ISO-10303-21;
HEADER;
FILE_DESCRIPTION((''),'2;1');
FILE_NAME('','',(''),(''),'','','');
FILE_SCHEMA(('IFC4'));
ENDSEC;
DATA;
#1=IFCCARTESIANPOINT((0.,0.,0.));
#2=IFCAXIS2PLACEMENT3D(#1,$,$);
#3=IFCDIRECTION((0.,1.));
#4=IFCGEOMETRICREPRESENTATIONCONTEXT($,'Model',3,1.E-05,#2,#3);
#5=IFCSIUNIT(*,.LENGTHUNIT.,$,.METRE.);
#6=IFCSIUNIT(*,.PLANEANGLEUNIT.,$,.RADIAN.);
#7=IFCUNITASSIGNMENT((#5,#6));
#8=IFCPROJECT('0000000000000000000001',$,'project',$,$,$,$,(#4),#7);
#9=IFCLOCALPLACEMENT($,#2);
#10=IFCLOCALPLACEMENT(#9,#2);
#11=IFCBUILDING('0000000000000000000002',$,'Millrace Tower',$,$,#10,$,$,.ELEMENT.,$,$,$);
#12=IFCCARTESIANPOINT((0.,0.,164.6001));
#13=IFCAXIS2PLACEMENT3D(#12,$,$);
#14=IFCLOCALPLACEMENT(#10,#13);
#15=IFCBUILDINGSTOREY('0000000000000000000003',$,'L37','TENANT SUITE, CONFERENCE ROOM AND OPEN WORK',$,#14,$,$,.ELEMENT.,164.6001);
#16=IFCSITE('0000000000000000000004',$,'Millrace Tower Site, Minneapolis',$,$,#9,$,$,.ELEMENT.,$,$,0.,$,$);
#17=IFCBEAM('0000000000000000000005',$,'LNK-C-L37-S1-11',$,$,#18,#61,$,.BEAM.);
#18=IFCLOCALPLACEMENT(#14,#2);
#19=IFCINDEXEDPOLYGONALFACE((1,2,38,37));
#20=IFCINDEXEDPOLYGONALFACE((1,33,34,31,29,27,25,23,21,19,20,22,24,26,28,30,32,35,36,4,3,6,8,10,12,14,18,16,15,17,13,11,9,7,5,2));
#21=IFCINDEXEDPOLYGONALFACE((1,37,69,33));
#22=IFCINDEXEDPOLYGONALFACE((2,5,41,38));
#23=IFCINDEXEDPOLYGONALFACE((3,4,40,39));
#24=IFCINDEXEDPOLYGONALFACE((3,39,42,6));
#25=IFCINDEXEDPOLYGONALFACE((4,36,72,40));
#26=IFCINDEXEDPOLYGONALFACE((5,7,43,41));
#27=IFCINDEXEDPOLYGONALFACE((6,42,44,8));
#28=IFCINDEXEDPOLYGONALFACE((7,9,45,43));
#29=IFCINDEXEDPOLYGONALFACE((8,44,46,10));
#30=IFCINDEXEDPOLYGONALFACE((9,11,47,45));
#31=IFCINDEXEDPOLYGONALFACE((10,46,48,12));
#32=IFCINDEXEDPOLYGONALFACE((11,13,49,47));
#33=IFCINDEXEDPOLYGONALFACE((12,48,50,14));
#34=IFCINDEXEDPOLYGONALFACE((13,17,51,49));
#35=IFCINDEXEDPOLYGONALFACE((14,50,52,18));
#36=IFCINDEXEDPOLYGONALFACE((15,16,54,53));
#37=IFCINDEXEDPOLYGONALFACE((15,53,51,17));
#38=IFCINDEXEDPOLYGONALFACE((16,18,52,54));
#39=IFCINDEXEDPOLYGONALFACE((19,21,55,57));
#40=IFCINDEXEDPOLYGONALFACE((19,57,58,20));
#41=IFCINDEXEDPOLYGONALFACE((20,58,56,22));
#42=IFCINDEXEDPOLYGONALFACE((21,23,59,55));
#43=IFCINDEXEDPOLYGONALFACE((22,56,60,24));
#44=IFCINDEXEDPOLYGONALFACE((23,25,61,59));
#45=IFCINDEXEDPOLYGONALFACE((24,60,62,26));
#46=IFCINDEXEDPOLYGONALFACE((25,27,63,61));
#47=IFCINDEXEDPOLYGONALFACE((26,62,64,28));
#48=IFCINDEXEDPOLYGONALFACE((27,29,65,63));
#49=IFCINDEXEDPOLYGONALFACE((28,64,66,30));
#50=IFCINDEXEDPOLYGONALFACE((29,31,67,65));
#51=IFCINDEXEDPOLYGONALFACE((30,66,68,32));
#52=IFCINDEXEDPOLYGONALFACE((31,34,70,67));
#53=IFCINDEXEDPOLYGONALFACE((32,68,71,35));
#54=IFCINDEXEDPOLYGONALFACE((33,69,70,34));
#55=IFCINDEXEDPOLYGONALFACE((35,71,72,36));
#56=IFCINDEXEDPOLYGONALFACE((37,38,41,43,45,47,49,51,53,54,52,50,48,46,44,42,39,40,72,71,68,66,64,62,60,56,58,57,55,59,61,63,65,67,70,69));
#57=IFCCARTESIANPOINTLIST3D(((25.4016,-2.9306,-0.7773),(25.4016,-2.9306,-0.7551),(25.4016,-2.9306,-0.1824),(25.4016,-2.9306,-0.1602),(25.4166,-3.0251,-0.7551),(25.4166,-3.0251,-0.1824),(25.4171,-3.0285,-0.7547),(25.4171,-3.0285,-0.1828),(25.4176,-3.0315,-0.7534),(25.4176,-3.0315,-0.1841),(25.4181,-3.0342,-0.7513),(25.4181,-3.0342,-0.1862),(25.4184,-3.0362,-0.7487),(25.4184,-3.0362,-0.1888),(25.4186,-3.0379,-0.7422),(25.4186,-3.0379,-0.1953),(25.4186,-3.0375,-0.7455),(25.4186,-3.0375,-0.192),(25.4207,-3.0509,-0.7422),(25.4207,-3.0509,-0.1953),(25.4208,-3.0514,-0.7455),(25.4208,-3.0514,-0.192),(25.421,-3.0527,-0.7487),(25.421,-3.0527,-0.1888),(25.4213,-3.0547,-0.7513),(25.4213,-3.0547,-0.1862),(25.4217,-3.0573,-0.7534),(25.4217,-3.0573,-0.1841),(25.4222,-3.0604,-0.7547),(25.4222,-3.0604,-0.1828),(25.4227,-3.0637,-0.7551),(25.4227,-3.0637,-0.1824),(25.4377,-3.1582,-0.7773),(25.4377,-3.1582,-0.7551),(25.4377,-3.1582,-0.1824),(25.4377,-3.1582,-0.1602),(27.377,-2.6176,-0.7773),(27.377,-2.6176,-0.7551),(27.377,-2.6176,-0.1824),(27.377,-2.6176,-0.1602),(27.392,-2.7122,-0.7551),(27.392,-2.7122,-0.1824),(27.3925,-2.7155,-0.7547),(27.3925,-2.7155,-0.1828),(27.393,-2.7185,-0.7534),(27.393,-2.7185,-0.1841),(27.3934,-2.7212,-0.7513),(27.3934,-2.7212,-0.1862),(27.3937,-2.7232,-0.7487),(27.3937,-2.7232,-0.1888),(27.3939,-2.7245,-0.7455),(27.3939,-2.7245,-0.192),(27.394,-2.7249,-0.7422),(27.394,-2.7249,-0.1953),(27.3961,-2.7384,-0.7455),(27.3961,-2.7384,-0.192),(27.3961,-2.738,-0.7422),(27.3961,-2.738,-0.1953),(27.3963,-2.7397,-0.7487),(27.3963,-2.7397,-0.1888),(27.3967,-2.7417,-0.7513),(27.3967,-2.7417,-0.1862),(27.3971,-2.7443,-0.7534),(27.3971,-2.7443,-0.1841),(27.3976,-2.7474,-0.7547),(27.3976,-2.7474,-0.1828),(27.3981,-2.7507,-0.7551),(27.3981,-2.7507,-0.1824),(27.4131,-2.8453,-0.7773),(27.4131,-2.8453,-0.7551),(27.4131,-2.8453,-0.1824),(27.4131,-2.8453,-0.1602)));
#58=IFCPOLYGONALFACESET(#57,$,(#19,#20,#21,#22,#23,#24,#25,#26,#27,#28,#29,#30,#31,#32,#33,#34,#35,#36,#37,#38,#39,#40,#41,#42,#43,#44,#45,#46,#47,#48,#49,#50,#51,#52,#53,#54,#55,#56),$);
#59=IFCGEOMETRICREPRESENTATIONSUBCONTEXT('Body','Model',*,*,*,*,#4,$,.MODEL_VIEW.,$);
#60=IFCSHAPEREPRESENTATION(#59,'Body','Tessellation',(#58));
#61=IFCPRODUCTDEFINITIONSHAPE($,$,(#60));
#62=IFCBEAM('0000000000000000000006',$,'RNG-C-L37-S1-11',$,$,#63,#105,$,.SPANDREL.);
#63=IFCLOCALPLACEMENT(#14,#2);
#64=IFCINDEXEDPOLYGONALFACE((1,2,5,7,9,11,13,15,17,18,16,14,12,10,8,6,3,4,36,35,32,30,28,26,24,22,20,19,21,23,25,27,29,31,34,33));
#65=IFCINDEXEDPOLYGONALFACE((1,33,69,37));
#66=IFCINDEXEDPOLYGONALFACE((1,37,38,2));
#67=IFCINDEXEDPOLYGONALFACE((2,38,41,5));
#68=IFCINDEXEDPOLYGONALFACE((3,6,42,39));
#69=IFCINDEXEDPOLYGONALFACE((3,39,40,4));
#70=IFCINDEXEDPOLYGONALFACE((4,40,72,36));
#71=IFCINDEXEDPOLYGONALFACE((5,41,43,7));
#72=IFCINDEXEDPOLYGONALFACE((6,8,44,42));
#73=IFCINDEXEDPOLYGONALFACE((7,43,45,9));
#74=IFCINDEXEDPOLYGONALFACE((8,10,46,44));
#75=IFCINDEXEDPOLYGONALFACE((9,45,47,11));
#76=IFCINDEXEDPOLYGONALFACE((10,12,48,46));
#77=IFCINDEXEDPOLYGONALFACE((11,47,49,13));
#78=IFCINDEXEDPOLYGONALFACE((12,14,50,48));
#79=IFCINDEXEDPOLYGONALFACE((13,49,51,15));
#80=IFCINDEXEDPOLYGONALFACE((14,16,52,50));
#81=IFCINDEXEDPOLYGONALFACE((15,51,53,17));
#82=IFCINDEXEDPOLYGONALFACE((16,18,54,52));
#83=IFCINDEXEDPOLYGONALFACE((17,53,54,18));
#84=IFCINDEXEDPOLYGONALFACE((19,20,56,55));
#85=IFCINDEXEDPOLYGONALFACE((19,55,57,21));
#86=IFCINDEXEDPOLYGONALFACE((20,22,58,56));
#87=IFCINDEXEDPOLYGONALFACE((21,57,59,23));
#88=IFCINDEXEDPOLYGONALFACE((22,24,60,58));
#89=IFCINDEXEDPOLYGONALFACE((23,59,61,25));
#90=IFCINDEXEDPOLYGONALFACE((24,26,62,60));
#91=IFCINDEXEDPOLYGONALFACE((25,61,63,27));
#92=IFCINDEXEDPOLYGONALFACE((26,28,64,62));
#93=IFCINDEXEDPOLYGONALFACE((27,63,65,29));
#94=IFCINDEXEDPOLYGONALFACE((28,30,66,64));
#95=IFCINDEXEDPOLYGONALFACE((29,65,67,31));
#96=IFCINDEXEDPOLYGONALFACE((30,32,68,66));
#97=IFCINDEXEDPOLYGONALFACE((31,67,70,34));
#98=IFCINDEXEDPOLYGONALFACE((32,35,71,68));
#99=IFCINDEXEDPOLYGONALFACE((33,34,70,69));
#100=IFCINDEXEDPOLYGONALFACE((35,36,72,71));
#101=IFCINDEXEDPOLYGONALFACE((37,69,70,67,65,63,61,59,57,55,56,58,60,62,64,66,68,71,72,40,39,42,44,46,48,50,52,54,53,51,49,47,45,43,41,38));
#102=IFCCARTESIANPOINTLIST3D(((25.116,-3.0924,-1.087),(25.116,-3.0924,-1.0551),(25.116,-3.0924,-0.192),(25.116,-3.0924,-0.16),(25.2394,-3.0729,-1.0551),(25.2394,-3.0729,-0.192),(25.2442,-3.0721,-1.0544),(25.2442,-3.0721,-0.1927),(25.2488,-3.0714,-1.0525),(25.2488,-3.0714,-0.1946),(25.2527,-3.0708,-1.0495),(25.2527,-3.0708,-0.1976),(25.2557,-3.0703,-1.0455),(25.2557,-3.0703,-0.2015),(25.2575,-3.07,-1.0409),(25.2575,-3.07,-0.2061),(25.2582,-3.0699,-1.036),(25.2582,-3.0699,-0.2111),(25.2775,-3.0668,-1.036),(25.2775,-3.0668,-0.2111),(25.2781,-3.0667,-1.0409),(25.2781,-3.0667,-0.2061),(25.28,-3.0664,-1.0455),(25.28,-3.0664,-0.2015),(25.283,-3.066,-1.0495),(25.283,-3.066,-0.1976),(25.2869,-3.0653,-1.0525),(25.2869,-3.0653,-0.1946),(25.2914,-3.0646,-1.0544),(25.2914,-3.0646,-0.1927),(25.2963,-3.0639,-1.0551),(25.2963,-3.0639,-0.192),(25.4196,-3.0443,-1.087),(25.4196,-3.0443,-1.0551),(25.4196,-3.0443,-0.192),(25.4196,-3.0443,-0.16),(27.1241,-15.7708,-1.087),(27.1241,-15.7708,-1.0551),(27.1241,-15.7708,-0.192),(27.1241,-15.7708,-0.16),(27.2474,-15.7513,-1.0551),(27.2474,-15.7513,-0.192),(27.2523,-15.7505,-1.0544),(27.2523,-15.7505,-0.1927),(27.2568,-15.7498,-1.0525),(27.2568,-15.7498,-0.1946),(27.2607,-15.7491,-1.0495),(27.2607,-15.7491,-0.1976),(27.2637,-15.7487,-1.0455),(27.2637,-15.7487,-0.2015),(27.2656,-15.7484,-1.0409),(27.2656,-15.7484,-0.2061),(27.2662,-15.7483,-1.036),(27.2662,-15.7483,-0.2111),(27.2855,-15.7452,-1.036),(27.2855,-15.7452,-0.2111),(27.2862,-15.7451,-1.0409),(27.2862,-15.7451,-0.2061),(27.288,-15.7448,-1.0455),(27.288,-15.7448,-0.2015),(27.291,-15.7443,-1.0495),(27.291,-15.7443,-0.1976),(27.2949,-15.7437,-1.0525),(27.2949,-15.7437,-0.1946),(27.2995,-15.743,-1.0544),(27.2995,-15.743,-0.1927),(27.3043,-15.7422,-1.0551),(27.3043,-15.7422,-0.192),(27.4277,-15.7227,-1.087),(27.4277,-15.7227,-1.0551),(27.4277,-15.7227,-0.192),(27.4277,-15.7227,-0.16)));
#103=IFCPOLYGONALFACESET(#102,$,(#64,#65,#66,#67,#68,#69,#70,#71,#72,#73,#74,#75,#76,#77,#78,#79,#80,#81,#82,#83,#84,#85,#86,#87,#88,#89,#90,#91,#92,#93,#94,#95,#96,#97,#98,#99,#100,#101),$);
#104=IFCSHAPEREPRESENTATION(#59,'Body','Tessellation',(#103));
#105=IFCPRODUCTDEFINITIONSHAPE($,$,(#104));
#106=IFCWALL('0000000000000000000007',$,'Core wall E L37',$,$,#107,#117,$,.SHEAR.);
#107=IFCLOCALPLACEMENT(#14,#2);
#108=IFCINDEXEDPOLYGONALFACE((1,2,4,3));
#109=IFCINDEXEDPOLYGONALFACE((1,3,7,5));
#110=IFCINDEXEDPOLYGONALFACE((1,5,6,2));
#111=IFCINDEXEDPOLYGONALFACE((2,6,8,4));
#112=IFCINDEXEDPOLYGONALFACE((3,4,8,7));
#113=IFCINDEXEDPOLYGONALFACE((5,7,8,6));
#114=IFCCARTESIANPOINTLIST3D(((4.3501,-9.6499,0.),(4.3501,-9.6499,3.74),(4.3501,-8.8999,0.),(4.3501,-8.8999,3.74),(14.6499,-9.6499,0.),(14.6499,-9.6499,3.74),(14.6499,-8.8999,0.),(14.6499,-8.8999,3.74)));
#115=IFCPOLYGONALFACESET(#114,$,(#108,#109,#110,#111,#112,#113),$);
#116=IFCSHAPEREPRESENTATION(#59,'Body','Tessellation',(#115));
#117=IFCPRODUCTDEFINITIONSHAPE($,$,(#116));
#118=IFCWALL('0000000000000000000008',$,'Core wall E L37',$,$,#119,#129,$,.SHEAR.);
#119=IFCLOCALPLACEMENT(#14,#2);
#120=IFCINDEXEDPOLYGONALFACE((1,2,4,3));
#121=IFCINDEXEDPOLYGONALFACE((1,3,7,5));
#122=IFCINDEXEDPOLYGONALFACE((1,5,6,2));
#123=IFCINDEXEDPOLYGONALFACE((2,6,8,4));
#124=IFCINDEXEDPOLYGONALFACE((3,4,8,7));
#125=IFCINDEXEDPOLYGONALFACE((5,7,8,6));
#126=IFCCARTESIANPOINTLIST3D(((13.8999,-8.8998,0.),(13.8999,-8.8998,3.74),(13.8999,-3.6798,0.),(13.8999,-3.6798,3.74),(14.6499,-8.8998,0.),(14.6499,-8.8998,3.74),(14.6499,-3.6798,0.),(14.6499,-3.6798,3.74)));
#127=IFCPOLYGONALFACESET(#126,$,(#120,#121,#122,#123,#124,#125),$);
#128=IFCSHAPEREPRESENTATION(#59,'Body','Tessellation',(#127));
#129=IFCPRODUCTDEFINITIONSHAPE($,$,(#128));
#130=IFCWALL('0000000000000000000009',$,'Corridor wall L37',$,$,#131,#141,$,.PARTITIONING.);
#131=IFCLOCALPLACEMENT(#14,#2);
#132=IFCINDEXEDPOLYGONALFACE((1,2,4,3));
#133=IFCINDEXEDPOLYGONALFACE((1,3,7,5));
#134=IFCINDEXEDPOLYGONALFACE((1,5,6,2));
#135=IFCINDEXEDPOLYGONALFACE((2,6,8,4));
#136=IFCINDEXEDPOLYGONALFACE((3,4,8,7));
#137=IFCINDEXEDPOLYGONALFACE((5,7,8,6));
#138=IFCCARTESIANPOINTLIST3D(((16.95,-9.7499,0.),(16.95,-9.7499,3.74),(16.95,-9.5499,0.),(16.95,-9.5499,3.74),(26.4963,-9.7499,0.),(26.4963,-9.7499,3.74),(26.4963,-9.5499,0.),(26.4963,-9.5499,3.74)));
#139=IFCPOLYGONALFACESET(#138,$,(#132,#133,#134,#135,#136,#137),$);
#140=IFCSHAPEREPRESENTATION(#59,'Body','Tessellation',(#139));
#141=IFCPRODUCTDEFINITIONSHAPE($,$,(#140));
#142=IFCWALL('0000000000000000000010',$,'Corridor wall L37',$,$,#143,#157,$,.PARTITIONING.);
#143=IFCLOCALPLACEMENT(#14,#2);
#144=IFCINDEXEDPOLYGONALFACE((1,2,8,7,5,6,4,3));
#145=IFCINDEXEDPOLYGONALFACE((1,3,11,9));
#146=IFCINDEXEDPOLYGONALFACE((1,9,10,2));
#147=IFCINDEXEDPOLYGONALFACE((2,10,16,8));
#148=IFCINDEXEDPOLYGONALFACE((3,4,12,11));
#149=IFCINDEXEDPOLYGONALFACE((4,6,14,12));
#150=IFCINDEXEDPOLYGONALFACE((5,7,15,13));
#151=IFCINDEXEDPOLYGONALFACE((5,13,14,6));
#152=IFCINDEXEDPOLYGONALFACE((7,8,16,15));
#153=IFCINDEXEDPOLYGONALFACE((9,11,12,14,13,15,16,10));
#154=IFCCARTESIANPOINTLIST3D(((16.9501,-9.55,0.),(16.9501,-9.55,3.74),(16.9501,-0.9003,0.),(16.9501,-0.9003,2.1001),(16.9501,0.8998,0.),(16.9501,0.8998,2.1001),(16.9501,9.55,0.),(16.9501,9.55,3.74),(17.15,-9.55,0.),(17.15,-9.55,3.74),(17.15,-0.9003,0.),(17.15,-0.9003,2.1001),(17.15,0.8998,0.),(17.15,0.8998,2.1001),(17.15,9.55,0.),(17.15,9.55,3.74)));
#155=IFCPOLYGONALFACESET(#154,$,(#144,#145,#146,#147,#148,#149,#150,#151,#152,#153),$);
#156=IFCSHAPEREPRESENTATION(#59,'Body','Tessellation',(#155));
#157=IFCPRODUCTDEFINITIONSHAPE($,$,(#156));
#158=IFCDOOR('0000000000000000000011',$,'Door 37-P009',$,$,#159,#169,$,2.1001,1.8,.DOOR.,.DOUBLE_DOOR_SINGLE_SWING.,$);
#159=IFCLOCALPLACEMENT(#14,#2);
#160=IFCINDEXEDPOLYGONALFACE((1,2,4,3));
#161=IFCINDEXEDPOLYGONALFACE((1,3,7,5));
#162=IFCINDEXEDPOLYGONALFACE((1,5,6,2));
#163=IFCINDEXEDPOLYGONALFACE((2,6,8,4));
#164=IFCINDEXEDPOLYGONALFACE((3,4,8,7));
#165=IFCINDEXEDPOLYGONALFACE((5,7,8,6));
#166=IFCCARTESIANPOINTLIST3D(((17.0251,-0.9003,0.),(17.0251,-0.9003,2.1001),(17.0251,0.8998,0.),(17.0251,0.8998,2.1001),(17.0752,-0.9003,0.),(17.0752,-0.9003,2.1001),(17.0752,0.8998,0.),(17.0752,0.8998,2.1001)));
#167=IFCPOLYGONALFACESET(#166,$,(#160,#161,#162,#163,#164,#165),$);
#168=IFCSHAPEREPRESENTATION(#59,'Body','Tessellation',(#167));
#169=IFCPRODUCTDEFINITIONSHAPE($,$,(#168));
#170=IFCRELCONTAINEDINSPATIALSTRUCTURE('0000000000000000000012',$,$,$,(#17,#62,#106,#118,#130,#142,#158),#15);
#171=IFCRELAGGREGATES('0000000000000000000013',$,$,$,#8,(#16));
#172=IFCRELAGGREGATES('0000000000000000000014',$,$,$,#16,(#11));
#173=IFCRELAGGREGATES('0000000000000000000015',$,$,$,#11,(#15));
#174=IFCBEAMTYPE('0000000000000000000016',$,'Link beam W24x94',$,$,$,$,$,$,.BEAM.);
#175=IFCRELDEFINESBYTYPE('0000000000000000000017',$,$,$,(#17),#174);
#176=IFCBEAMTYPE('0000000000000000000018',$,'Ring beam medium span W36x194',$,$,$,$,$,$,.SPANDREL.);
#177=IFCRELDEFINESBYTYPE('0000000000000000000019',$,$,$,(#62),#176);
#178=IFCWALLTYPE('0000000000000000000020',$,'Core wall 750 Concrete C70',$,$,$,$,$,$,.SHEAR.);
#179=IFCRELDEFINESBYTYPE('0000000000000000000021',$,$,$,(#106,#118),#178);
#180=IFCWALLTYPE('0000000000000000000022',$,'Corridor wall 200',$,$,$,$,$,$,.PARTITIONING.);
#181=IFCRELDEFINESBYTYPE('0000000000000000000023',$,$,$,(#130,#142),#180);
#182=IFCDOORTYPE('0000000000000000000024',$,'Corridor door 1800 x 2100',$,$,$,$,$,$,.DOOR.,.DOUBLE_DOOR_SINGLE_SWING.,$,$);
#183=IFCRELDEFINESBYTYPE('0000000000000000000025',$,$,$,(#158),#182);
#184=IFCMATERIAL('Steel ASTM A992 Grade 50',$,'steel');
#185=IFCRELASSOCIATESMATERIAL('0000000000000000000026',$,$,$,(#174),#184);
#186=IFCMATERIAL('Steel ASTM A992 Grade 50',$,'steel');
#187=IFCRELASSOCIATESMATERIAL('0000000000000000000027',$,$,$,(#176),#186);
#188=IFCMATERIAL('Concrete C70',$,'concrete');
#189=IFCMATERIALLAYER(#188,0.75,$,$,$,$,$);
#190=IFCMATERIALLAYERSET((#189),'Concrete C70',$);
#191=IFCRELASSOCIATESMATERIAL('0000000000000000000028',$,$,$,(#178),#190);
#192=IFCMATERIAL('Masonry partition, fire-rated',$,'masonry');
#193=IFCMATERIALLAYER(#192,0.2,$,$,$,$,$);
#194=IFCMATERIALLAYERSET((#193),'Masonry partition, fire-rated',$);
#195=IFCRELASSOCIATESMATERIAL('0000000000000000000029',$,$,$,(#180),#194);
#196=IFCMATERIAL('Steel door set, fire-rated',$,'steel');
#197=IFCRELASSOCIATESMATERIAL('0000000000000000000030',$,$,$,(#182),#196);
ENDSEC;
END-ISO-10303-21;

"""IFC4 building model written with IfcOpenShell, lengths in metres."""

from ifc_helpers import new_model, si_unit, direction, frame, frame_2d, origin, origin_2d, place, context, subcontext, project, spatial, rectangle, i_section, extrude, material, layer, layer_set, material_profile, profile_set, type_object, element, fill, save


model = new_model("IFC4")

# Units and contexts
model_context = context("Model", 3, precision=1e-05, world=origin(), true_north=direction((0.0, 1.0)))
body_context = subcontext(model_context, "Body", "Model", "MODEL_VIEW")
ifc_project = project(units=[si_unit("LENGTHUNIT", "METRE"), si_unit("PLANEANGLEUNIT", "RADIAN")], contexts=[model_context])

# Site, building, storey
site_placement = place(None, origin())
site = spatial("IfcSite", under=ifc_project, at=site_placement, Name="Millrace Tower Site, Minneapolis", CompositionType="ELEMENT", RefElevation=0.0)
building_placement = place(site_placement, origin())
building = spatial("IfcBuilding", under=site, at=building_placement, Name="Millrace Tower", CompositionType="ELEMENT")
storey_placement = place(building_placement, frame((0.0, 0.0, 164.6001)))
storey = spatial("IfcBuildingStorey", under=building, at=storey_placement, Name="L37", Description="TENANT SUITE, CONFERENCE ROOM AND OPEN WORK", CompositionType="ELEMENT", Elevation=164.6001)

# Beams
ifc_material_1 = material(Name="Steel ASTM A992 Grade 50", Category="steel")
ifc_material_profile_1 = material_profile(ifc_material_1, i_section(OverallWidth=0.2305, OverallDepth=0.6172, WebThickness=0.0132, FlangeThickness=0.0222, FilletRadius=0.0129, at=origin_2d()))
ifc_profile_set_1 = profile_set([ifc_material_profile_1], Name="Steel ASTM A992 Grade 50")
beam_type_1 = type_object("IfcBeamType", Name="Link beam W24x94", PredefinedType="BEAM", material=ifc_profile_set_1)
beam_1_placement = place(storey_placement, frame((25.4197, -3.0444, -0.4688), z_axis=(0.987679, 0.156495, 0.0), x_axis=(-0.156495, 0.987679, 0.0)))
element("IfcBeam", 1, at=beam_1_placement, inside=storey, type_object=beam_type_1, Name="LNK-C-L37-S1-11", PredefinedType="BEAM", context=body_context, shape_type="SweptSolid", body=[
    extrude(i_section(OverallWidth=0.2305, OverallDepth=0.6172, WebThickness=0.0132, FlangeThickness=0.0222, FilletRadius=0.0129, at=origin_2d()), origin(), (0.0, 0.0, 1.0), 2.0),
])
ifc_material_2 = material(Name="Steel ASTM A992 Grade 50", Category="steel")
ifc_material_profile_2 = material_profile(ifc_material_2, i_section(OverallWidth=0.3074, OverallDepth=0.927, WebThickness=0.0195, FlangeThickness=0.032, FilletRadius=0.019, at=origin_2d()))
ifc_profile_set_2 = profile_set([ifc_material_profile_2], Name="Steel ASTM A992 Grade 50")
beam_type_2 = type_object("IfcBeamType", Name="Ring beam medium span W36x194", PredefinedType="SPANDREL", material=ifc_profile_set_2)
beam_2_placement = place(storey_placement, frame((25.2678, -3.0684, -0.6235), z_axis=(0.156433, -0.987689, 0.0), x_axis=(0.987689, 0.156433, 0.0)))
element("IfcBeam", 2, at=beam_2_placement, inside=storey, type_object=beam_type_2, Name="RNG-C-L37-S1-11", PredefinedType="SPANDREL", context=body_context, shape_type="SweptSolid", body=[
    extrude(i_section(OverallWidth=0.3074, OverallDepth=0.927, WebThickness=0.0195, FlangeThickness=0.032, FilletRadius=0.019, at=origin_2d()), origin(), (0.0, 0.0, 1.0), 12.8364),
])

# Walls
ifc_material_3 = material(Name="Concrete C70", Category="concrete")
ifc_layer_1 = layer(ifc_material_3, 0.75)
ifc_layer_set_1 = layer_set([ifc_layer_1], Name="Concrete C70")
wall_type_1 = type_object("IfcWallType", Name="Core wall 750 Concrete C70", PredefinedType="SHEAR", material=ifc_layer_set_1)
wall_1_placement = place(storey_placement, frame((14.6499, -9.2749, 0.0), z_axis=(0.0, 0.0, 1.0), x_axis=(-1.0, 0.0, 0.0)))
element("IfcWall", 3, at=wall_1_placement, inside=storey, type_object=wall_type_1, Name="Core wall E L37", PredefinedType="SHEAR", context=body_context, shape_type="SweptSolid", body=[
    extrude(rectangle(XDim=10.2998, YDim=0.75, at=frame_2d((5.1499, 0.0))), origin(), (0.0, 0.0, 1.0), 3.74),
])
wall_2_placement = place(storey_placement, frame((14.2749, -3.6799, 0.0), z_axis=(0.0, 0.0, 1.0), x_axis=(0.0, -1.0, 0.0)))
element("IfcWall", 4, at=wall_2_placement, inside=storey, type_object=wall_type_1, Name="Core wall E L37", PredefinedType="SHEAR", context=body_context, shape_type="SweptSolid", body=[
    extrude(rectangle(XDim=5.22, YDim=0.75, at=frame_2d((2.6099, 0.0))), origin(), (0.0, 0.0, 1.0), 3.74),
])
ifc_material_4 = material(Name="Masonry partition, fire-rated", Category="masonry")
ifc_layer_2 = layer(ifc_material_4, 0.2)
ifc_layer_set_2 = layer_set([ifc_layer_2], Name="Masonry partition, fire-rated")
wall_type_2 = type_object("IfcWallType", Name="Corridor wall 200", PredefinedType="PARTITIONING", material=ifc_layer_set_2)
wall_3_placement = place(storey_placement, frame((16.95, -9.6499, 0.0), z_axis=(0.0, 0.0, 1.0), x_axis=(1.0, 0.0, 0.0)))
element("IfcWall", 5, at=wall_3_placement, inside=storey, type_object=wall_type_2, Name="Corridor wall L37", PredefinedType="PARTITIONING", context=body_context, shape_type="SweptSolid", body=[
    extrude(rectangle(XDim=9.5464, YDim=0.2, at=frame_2d((4.7732, 0.0))), origin(), (0.0, 0.0, 1.0), 3.74),
])

# Wall, opening, door
wall_4_placement = place(storey_placement, frame((17.05, -9.55, 0.0), z_axis=(0.0, 0.0, 1.0), x_axis=(0.0, 1.0, 0.0)))
wall_4 = element("IfcWall", 6, at=wall_4_placement, inside=storey, type_object=wall_type_2, Name="Corridor wall L37", PredefinedType="PARTITIONING", context=body_context, shape_type="SweptSolid", body=[
    extrude(rectangle(XDim=19.1001, YDim=0.2, at=frame_2d((9.55, 0.0))), origin(), (0.0, 0.0, 1.0), 3.74),
])
opening_1_placement = place(wall_4_placement, frame((8.6499, 0.0, 0.0)))
opening_1 = element("IfcOpeningElement", 7, at=opening_1_placement, cuts=wall_4, PredefinedType="OPENING", context=body_context, shape_type="SweptSolid", body=[
    extrude(rectangle(XDim=1.8, YDim=2.1001, at=frame_2d((0.8999, 1.05))), frame((0.0, 0.1099, 0.0), z_axis=(0.0, -1.0, 0.0), x_axis=(1.0, 0.0, 0.0)), (0.0, 0.0, 1.0), 0.22),
])
ifc_material_5 = material(Name="Steel door set, fire-rated", Category="steel")
door_type_1 = type_object("IfcDoorType", Name="Corridor door 1800 x 2100", OperationType="DOUBLE_DOOR_SINGLE_SWING", PredefinedType="DOOR", material=ifc_material_5)
door_1_placement = place(opening_1_placement, origin())
door_1 = element("IfcDoor", 8, at=door_1_placement, inside=storey, type_object=door_type_1, Name="Door 37-P009", OperationType="DOUBLE_DOOR_SINGLE_SWING", OverallHeight=2.1001, OverallWidth=1.8, PredefinedType="DOOR", context=body_context, shape_type="SweptSolid", body=[
    extrude(rectangle(XDim=1.8, YDim=2.1001, at=frame_2d((0.8999, 1.05))), frame((0.0, 0.0249, 0.0), z_axis=(0.0, -1.0, 0.0), x_axis=(1.0, 0.0, 0.0)), (0.0, 0.0, 1.0), 0.05),
])
fill(opening_1, door_1)

save(model, "model.ifc")
